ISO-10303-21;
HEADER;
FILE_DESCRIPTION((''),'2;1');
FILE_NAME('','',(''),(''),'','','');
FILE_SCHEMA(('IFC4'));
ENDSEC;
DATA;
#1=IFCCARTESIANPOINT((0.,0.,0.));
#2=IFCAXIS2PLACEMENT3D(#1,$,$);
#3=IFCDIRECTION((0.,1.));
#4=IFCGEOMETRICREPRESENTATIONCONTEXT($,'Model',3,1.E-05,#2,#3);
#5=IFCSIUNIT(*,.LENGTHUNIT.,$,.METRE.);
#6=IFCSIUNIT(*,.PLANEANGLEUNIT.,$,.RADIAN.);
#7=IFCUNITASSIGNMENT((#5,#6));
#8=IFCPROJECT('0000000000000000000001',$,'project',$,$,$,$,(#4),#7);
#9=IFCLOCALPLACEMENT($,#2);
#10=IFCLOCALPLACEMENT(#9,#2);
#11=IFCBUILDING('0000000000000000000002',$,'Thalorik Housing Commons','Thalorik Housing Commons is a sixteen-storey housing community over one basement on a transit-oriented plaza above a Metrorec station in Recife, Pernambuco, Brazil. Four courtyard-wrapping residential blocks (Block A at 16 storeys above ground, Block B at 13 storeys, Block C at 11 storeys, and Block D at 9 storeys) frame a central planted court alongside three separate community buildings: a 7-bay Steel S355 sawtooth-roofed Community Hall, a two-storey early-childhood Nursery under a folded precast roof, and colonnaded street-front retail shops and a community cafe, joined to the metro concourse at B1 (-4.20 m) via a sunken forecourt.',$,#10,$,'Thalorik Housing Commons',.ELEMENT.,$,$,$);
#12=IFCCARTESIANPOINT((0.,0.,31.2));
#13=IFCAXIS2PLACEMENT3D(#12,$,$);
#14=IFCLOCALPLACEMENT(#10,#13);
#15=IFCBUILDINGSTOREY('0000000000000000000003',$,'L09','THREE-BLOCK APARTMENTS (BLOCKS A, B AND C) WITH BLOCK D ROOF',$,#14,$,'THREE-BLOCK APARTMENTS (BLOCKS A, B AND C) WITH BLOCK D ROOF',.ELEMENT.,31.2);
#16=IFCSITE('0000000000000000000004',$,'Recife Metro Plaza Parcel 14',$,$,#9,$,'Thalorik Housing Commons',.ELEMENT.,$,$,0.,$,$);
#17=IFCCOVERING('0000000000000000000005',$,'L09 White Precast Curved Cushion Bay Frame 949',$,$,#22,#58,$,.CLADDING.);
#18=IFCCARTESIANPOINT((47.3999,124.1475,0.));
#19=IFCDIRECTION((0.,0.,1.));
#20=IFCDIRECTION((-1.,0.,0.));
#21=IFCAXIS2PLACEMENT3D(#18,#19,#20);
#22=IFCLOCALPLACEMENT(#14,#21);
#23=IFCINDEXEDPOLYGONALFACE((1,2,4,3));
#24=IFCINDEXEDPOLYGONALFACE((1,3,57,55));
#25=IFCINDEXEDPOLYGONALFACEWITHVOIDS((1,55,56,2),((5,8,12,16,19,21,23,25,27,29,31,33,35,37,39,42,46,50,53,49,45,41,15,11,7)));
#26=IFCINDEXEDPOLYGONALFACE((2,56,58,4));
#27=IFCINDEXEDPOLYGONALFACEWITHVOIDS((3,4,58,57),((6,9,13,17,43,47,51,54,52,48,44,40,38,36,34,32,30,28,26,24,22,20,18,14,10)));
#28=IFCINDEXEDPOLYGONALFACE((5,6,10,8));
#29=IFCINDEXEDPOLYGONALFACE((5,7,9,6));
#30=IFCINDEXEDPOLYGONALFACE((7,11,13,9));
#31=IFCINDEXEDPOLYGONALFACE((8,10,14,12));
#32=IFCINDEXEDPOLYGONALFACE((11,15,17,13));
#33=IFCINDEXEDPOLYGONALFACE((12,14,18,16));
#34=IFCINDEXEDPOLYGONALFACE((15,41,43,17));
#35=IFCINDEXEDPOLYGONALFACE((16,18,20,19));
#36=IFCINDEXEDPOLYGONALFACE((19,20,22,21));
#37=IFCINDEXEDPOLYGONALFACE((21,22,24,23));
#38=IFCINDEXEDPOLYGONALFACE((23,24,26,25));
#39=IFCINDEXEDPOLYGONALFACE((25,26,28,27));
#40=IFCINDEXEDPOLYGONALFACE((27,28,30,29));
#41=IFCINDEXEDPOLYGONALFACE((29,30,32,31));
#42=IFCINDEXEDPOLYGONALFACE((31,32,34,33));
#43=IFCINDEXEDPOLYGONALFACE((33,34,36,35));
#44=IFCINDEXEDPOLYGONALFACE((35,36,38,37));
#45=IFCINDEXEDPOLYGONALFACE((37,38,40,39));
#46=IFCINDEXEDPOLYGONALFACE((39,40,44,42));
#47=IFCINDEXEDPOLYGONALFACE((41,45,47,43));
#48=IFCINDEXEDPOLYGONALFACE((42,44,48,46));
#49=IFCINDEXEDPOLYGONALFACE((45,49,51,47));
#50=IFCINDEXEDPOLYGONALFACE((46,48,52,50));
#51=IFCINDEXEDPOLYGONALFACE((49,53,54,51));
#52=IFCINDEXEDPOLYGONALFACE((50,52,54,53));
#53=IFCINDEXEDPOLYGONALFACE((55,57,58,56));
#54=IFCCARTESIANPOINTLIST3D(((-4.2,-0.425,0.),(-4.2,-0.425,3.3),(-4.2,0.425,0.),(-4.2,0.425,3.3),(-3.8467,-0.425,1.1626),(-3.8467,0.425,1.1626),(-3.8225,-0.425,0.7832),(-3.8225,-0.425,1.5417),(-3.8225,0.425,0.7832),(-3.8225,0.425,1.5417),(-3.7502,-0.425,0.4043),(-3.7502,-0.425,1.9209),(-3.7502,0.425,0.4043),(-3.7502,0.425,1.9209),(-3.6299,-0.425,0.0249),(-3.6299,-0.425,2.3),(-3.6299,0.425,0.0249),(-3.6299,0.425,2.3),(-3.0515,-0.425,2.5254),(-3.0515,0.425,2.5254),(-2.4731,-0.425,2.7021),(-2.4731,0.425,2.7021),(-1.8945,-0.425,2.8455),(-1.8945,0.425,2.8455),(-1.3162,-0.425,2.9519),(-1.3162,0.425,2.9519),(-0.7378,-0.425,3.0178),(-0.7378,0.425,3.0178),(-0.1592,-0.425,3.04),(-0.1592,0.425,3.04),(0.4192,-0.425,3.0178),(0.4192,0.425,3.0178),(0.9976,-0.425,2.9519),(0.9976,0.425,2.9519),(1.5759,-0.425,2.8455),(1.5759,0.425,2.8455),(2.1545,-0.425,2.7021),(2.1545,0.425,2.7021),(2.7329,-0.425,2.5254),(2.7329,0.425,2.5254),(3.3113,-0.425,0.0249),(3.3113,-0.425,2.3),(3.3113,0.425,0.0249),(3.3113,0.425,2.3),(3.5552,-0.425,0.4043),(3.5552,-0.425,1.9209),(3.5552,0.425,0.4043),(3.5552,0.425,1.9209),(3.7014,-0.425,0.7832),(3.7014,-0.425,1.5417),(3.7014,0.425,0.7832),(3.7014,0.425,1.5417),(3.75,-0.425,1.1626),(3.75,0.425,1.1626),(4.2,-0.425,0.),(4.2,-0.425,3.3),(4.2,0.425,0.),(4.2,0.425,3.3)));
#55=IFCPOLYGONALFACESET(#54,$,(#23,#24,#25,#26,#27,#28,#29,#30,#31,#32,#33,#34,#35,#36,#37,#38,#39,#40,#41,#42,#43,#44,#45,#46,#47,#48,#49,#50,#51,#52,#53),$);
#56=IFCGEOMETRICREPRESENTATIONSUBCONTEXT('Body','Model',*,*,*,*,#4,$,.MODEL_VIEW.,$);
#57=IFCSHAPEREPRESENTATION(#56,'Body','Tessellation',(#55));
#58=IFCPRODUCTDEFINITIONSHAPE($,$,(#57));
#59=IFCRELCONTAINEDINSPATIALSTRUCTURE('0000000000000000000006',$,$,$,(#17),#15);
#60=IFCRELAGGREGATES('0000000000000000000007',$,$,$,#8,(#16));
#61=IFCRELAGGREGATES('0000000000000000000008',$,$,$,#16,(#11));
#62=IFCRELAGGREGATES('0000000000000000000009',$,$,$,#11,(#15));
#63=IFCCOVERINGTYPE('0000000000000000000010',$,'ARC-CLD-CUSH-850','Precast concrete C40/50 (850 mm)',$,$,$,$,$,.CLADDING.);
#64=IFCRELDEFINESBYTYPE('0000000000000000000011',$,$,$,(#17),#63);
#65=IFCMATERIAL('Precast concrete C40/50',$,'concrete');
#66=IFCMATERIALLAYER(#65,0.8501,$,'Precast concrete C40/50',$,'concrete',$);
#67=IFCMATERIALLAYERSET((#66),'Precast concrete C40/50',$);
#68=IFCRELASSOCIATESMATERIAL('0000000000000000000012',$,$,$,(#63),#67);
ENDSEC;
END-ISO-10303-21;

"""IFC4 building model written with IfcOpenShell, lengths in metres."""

from ifc_helpers import new_model, si_unit, direction, frame, origin, place, context, subcontext, project, spatial, polyline, outline, extrude, material, layer, layer_set, type_object, element, save


model = new_model("IFC4")

# Units and contexts
model_context = context("Model", 3, precision=1e-05, world=origin(), true_north=direction((0.0, 1.0)))
body_context = subcontext(model_context, "Body", "Model", "MODEL_VIEW")
ifc_project = project(units=[si_unit("LENGTHUNIT", "METRE"), si_unit("PLANEANGLEUNIT", "RADIAN")], contexts=[model_context])

# Site, building, storey
site_placement = place(None, origin())
site = spatial("IfcSite", under=ifc_project, at=site_placement, Name="Recife Metro Plaza Parcel 14", LongName="Thalorik Housing Commons", CompositionType="ELEMENT", RefElevation=0.0)
building_placement = place(site_placement, origin())
building = spatial("IfcBuilding", under=site, at=building_placement, Name="Thalorik Housing Commons", Description="Thalorik Housing Commons is a sixteen-storey housing community over one basement on a transit-oriented plaza above a Metrorec station in Recife, Pernambuco, Brazil. Four courtyard-wrapping residential blocks (Block A at 16 storeys above ground, Block B at 13 storeys, Block C at 11 storeys, and Block D at 9 storeys) frame a central planted court alongside three separate community buildings: a 7-bay Steel S355 sawtooth-roofed Community Hall, a two-storey early-childhood Nursery under a folded precast roof, and colonnaded street-front retail shops and a community cafe, joined to the metro concourse at B1 (-4.20 m) via a sunken forecourt.", LongName="Thalorik Housing Commons", CompositionType="ELEMENT")
storey_placement = place(building_placement, frame((0.0, 0.0, 31.2)))
storey = spatial("IfcBuildingStorey", under=building, at=storey_placement, Name="L09", Description="THREE-BLOCK APARTMENTS (BLOCKS A, B AND C) WITH BLOCK D ROOF", LongName="THREE-BLOCK APARTMENTS (BLOCKS A, B AND C) WITH BLOCK D ROOF", CompositionType="ELEMENT", Elevation=31.2)

# Shared definitions
ifc_material_1 = material(Name="Precast concrete C40/50", Category="concrete")

# Covering
ifc_layer_1 = layer(ifc_material_1, 0.8501, Name="Precast concrete C40/50", Category="concrete")
ifc_layer_set_1 = layer_set([ifc_layer_1], Name="Precast concrete C40/50")
covering_type_1 = type_object("IfcCoveringType", Name="ARC-CLD-CUSH-850", Description="Precast concrete C40/50 (850 mm)", PredefinedType="CLADDING", material=ifc_layer_set_1)
covering_1_placement = place(storey_placement, frame((47.3999, 124.1475, 0.0), z_axis=(0.0, 0.0, 1.0), x_axis=(-1.0, 0.0, 0.0)))
element("IfcCovering", 1, at=covering_1_placement, inside=storey, type_object=covering_type_1, Name="L09 White Precast Curved Cushion Bay Frame 949", PredefinedType="CLADDING", context=body_context, shape_type="SweptSolid", body=[
    extrude(outline(polyline([(-4.2, 0.0), (4.2, 0.0), (4.2, 3.3), (-4.2, 3.3), (-4.2, 0.0)]), holes=[polyline([(3.3113, 0.0249), (3.5552, 0.4043), (3.7014, 0.7832), (3.75, 1.1626), (3.7014, 1.5417), (3.5552, 1.9209), (3.3113, 2.3), (2.7329, 2.5254), (2.1545, 2.7021), (1.5759, 2.8455), (0.9976, 2.9519), (0.4192, 3.0178), (-0.1592, 3.04), (-0.7378, 3.0178), (-1.3162, 2.9519), (-1.8945, 2.8455), (-2.4731, 2.7021), (-3.0515, 2.5254), (-3.6299, 2.3), (-3.7502, 1.9209), (-3.8225, 1.5417), (-3.8467, 1.1626), (-3.8225, 0.7832), (-3.7502, 0.4043), (-3.6299, 0.0249), (3.3113, 0.0249)])]), frame((0.0, 0.425, 0.0), z_axis=(0.0, -1.0, 0.0), x_axis=(1.0, 0.0, 0.0)), (0.0, 0.0, 1.0), 0.8501),
])

save(model, "model.ifc")
